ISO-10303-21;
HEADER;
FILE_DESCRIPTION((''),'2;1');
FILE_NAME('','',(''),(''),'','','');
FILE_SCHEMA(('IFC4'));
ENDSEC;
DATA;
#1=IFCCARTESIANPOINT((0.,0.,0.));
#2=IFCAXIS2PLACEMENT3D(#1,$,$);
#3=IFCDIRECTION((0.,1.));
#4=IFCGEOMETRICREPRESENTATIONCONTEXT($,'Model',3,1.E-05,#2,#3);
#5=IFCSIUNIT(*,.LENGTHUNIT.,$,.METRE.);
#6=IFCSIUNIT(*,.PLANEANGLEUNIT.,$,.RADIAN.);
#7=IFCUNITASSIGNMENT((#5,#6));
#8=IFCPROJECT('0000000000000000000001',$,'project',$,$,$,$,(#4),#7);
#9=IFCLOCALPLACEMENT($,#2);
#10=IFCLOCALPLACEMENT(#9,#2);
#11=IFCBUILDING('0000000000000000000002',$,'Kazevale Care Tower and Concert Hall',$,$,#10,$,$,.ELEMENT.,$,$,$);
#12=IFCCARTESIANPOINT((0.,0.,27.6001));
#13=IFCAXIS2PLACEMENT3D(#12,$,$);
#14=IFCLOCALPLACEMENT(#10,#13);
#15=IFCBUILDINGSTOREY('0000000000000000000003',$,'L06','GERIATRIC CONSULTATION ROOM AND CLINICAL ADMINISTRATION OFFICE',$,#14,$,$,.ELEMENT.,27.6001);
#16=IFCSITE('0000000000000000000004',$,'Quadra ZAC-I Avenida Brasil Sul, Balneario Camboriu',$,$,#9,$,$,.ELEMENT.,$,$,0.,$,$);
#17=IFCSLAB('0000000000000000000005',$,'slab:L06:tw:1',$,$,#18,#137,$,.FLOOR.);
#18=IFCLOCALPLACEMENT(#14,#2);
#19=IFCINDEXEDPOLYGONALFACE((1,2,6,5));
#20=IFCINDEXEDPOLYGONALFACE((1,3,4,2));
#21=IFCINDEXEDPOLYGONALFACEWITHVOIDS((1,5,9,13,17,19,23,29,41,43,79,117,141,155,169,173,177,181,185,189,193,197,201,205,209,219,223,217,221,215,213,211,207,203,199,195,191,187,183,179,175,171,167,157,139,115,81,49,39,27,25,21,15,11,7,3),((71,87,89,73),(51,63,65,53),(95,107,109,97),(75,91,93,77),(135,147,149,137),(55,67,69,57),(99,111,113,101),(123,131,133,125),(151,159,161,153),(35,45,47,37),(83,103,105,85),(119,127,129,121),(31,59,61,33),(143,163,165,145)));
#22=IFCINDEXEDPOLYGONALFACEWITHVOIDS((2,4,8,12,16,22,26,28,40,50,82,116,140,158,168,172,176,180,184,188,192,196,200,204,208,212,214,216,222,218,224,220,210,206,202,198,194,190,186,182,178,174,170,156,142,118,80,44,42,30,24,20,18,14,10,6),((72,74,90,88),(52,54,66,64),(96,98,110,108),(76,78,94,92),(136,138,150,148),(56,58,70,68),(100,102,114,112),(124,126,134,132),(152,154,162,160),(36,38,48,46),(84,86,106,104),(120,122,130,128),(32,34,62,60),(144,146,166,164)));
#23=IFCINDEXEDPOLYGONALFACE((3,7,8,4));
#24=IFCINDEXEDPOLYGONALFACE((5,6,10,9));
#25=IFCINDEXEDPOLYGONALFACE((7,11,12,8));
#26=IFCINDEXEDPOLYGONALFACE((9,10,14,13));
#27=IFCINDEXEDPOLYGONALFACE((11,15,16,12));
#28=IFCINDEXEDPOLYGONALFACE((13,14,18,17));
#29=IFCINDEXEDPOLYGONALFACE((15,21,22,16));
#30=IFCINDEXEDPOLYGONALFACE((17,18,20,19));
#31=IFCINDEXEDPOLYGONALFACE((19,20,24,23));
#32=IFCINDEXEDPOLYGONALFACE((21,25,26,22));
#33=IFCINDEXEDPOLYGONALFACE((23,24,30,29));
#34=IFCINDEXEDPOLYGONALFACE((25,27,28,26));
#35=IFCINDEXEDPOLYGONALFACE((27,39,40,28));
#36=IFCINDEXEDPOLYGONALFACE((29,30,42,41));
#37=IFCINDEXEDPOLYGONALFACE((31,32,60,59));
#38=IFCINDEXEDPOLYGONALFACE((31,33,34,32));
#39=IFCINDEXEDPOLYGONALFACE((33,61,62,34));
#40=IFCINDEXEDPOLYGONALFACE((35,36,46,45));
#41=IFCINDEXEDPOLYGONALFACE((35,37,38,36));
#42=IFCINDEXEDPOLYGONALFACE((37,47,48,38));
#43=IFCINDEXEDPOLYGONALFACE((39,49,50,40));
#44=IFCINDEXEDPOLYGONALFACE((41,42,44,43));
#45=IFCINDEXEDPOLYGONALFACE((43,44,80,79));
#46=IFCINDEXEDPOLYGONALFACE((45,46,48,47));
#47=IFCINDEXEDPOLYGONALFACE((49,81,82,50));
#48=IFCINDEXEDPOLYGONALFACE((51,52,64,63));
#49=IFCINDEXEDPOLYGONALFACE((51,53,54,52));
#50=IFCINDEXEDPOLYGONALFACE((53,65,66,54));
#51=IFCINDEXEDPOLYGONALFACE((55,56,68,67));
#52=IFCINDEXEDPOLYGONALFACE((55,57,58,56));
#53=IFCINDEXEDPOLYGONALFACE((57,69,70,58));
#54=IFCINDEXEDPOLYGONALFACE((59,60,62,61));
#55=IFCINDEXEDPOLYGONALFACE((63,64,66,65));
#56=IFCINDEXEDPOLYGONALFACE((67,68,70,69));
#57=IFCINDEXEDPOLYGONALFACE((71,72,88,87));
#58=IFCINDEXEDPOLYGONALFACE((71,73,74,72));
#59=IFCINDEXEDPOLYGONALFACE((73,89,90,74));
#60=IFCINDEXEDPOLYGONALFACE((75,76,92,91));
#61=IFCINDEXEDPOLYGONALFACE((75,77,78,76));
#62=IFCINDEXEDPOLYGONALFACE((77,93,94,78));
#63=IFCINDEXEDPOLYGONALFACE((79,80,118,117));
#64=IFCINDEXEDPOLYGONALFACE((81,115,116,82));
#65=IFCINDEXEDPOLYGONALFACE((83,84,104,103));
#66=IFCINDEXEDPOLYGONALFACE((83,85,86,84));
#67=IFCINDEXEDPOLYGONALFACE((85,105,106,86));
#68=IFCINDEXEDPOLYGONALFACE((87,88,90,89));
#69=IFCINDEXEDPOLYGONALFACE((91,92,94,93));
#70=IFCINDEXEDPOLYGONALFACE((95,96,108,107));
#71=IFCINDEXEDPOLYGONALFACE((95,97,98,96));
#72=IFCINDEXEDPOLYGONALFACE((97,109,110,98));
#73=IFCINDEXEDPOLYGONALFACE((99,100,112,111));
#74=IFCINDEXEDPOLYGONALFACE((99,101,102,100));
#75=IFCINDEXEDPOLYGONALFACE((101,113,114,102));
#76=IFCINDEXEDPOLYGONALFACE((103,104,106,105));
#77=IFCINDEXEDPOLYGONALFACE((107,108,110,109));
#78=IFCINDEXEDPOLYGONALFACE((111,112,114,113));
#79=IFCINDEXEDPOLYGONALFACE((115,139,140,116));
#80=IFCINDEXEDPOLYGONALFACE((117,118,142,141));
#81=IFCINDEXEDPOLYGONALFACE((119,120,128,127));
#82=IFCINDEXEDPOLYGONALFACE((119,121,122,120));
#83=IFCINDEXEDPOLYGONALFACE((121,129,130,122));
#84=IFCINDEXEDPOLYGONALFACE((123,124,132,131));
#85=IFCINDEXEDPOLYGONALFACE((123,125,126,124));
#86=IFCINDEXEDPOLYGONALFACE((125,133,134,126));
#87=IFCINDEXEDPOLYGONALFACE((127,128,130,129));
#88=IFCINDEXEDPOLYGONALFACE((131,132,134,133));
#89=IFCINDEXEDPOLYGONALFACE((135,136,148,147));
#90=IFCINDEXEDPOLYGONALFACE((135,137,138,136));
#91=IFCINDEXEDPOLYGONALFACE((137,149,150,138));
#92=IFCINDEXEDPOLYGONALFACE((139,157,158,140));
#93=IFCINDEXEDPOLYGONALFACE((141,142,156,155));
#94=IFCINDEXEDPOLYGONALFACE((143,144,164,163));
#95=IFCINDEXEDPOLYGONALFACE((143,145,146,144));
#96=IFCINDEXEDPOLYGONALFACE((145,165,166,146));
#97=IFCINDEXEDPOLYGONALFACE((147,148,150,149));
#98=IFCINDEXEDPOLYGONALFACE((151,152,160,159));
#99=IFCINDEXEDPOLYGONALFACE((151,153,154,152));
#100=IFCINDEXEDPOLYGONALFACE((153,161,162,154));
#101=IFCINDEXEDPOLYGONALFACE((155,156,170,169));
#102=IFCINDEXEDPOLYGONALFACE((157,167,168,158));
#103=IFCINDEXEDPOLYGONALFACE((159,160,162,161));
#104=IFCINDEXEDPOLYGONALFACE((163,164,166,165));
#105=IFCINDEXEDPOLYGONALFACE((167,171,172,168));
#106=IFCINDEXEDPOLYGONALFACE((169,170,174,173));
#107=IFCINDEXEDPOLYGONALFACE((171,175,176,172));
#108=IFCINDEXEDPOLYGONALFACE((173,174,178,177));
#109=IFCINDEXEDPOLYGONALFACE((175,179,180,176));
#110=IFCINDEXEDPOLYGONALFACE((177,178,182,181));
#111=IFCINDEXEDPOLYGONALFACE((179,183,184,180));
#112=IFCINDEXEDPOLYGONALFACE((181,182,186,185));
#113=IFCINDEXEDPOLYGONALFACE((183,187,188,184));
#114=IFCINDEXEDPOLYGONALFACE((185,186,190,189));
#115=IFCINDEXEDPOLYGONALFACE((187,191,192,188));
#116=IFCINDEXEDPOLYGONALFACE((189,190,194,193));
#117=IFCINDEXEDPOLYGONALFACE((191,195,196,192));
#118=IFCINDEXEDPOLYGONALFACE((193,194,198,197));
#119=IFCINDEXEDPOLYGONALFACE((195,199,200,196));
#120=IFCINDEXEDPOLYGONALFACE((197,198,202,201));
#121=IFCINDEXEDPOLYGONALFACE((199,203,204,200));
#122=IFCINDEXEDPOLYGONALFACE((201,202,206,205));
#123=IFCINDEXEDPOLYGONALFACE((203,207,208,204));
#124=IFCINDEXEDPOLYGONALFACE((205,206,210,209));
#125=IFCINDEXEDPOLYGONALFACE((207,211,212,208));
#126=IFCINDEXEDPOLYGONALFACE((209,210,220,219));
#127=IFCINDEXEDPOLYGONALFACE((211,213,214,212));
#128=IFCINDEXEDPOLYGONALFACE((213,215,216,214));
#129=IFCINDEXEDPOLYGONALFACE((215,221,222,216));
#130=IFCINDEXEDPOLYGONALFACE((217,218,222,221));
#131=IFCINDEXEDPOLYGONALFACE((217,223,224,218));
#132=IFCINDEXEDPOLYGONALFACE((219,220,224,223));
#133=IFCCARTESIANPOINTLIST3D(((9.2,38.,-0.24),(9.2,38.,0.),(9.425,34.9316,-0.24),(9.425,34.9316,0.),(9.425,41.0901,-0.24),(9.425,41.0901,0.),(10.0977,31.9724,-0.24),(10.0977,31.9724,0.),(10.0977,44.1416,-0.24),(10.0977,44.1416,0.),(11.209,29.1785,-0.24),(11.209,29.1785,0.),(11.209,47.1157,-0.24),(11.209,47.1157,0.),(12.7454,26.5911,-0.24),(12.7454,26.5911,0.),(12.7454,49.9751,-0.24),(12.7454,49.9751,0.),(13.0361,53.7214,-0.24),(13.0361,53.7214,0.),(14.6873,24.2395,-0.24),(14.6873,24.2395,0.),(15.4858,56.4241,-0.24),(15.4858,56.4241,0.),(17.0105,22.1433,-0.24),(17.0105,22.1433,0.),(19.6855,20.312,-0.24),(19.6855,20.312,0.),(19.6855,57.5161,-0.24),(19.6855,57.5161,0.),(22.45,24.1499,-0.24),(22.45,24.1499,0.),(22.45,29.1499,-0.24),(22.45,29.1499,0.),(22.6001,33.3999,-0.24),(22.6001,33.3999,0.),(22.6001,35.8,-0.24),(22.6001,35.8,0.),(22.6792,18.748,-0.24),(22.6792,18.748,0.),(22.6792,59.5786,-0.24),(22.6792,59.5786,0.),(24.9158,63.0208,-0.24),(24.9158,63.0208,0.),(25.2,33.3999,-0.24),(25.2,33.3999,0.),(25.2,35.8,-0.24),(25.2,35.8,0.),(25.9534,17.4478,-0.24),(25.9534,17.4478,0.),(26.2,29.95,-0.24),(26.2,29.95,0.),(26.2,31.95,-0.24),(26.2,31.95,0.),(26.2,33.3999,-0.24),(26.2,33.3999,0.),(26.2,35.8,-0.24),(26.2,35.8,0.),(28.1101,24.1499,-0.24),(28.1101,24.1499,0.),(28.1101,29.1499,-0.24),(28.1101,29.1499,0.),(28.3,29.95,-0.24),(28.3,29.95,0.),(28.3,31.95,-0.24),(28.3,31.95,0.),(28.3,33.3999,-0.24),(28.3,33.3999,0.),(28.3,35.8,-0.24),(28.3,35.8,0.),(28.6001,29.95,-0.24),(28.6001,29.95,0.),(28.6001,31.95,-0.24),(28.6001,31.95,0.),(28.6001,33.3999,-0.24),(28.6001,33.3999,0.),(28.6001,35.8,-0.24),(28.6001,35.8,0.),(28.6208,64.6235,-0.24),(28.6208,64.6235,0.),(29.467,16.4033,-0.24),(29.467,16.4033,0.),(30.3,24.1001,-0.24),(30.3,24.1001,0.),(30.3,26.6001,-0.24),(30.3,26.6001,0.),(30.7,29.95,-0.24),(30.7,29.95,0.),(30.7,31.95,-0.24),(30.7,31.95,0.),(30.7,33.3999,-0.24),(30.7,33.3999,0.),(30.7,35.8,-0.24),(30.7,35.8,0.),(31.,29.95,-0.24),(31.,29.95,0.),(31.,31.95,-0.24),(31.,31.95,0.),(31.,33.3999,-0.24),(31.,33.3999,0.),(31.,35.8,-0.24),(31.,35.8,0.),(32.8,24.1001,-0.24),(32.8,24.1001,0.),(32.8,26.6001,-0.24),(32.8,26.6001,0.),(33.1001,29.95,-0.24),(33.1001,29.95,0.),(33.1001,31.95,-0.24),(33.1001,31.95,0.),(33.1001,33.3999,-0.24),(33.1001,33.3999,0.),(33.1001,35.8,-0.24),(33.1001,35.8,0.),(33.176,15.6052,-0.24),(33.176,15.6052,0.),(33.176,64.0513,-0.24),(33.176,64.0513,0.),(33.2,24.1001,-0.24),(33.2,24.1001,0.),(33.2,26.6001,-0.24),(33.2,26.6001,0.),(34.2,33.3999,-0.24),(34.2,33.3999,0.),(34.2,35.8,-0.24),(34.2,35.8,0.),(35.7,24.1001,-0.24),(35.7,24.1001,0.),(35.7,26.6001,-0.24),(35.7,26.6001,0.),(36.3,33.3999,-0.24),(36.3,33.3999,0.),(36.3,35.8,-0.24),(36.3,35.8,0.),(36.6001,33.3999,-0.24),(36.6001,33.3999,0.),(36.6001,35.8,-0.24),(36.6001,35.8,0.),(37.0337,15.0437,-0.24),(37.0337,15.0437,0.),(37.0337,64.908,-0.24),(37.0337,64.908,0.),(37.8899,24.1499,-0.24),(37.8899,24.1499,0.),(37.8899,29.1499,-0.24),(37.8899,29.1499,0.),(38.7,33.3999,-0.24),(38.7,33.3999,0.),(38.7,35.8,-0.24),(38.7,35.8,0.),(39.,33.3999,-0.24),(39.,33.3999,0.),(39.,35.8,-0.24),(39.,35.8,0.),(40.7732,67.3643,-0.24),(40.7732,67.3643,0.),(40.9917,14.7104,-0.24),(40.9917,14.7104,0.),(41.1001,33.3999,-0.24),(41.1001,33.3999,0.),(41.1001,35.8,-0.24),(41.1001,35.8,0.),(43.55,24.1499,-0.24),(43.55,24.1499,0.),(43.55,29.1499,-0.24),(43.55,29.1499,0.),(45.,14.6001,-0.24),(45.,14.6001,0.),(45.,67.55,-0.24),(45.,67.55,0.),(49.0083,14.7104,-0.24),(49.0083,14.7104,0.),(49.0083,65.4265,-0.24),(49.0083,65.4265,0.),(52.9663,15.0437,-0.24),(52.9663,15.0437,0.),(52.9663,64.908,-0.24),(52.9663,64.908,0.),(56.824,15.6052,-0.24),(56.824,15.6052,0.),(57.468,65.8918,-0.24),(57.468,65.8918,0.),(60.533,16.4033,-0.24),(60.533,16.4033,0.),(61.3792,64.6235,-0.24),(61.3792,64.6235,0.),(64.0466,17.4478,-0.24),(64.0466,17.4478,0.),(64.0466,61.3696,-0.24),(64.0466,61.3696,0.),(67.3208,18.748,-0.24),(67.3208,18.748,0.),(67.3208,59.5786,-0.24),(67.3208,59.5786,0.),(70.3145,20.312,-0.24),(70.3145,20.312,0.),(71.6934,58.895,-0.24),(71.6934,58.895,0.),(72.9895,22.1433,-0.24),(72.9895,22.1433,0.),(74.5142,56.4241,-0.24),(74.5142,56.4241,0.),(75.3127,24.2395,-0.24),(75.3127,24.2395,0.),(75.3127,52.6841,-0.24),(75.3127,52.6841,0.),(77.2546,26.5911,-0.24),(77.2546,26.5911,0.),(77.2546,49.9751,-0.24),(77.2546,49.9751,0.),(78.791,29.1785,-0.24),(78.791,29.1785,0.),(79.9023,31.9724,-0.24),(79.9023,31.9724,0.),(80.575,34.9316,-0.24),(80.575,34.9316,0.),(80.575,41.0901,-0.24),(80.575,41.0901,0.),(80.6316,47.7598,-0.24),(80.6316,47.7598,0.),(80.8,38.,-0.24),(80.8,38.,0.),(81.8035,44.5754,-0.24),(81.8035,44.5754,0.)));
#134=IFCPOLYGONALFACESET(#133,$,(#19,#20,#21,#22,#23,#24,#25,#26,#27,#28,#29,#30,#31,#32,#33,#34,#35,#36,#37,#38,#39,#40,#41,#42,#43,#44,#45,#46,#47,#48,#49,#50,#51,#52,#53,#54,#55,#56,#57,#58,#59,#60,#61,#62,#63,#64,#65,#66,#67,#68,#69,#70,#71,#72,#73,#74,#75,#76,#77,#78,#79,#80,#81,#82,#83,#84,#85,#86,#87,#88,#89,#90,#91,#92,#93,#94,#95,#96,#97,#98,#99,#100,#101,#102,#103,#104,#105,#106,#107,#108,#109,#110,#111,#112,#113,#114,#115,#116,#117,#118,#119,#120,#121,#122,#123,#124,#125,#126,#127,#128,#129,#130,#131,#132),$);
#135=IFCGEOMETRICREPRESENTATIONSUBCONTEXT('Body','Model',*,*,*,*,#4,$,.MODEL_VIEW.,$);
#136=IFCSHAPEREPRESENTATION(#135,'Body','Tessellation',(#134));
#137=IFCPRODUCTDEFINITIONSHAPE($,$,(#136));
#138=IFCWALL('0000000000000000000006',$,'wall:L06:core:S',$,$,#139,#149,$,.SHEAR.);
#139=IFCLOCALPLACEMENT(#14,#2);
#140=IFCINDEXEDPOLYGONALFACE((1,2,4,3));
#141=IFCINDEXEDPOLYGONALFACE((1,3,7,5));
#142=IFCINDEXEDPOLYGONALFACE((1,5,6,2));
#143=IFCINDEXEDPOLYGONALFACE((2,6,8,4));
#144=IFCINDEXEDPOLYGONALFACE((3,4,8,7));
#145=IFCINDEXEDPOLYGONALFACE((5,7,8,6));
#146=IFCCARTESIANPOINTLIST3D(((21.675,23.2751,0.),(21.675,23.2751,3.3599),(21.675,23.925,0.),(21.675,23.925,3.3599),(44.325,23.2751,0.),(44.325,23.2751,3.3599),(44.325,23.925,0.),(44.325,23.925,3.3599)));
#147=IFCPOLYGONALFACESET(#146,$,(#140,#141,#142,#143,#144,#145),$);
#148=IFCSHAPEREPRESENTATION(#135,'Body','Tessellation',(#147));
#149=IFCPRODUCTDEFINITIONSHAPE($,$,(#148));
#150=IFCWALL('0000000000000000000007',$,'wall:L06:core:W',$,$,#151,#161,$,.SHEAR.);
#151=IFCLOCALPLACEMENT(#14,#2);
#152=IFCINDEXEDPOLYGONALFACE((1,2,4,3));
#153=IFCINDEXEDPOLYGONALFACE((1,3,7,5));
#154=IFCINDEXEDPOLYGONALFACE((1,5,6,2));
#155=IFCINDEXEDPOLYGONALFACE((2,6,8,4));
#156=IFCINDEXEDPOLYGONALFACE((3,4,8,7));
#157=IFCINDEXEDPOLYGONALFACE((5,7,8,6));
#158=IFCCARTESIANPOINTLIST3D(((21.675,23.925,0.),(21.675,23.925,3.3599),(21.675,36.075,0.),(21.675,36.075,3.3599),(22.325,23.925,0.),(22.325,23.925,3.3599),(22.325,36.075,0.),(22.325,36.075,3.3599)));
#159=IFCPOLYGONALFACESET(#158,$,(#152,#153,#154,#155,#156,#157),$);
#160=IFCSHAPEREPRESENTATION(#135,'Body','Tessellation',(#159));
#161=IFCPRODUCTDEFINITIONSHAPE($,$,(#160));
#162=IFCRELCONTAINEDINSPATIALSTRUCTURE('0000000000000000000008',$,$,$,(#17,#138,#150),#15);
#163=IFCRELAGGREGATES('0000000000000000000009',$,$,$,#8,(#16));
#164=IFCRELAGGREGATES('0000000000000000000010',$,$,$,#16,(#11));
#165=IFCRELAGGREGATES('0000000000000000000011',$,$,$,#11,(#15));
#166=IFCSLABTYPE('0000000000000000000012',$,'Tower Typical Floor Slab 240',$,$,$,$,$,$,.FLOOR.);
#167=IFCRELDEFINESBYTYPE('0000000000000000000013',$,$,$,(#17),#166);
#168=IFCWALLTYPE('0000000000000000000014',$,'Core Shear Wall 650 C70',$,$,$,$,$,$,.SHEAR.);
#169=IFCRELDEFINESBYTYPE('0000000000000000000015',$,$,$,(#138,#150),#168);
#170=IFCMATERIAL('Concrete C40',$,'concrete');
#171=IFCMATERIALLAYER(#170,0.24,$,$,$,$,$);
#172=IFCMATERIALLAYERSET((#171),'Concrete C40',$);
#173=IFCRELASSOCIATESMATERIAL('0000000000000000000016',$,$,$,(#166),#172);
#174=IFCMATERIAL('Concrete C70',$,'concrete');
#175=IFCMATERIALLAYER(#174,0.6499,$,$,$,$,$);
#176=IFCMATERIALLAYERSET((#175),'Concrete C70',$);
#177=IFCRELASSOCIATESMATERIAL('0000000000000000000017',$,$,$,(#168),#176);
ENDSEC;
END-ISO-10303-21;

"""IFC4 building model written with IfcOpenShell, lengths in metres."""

from ifc_helpers import new_model, si_unit, direction, frame, frame_2d, origin, place, context, subcontext, project, spatial, polyline, rectangle, outline, extrude, material, layer, layer_set, type_object, element, save


model = new_model("IFC4")

# Units and contexts
model_context = context("Model", 3, precision=1e-05, world=origin(), true_north=direction((0.0, 1.0)))
body_context = subcontext(model_context, "Body", "Model", "MODEL_VIEW")
ifc_project = project(units=[si_unit("LENGTHUNIT", "METRE"), si_unit("PLANEANGLEUNIT", "RADIAN")], contexts=[model_context])

# Site, building, storey
site_placement = place(None, origin())
site = spatial("IfcSite", under=ifc_project, at=site_placement, Name="Quadra ZAC-I Avenida Brasil Sul, Balneario Camboriu", CompositionType="ELEMENT", RefElevation=0.0)
building_placement = place(site_placement, origin())
building = spatial("IfcBuilding", under=site, at=building_placement, Name="Kazevale Care Tower and Concert Hall", CompositionType="ELEMENT")
storey_placement = place(building_placement, frame((0.0, 0.0, 27.6001)))
storey = spatial("IfcBuildingStorey", under=building, at=storey_placement, Name="L06", Description="GERIATRIC CONSULTATION ROOM AND CLINICAL ADMINISTRATION OFFICE", CompositionType="ELEMENT", Elevation=27.6001)

# Shared definitions
ifc_material_1 = material(Name="Concrete C70", Category="concrete")

# Shared definitions
ifc_material_2 = material(Name="Concrete C40", Category="concrete")

# Slab
ifc_layer_1 = layer(ifc_material_2, 0.24)
ifc_layer_set_1 = layer_set([ifc_layer_1], Name="Concrete C40")
slab_type_1 = type_object("IfcSlabType", Name="Tower Typical Floor Slab 240", PredefinedType="FLOOR", material=ifc_layer_set_1)
slab_1_placement = place(storey_placement, frame((0.0, 0.0, -0.24)))
element("IfcSlab", 1, at=slab_1_placement, inside=storey, type_object=slab_type_1, Name="slab:L06:tw:1", PredefinedType="FLOOR", context=body_context, shape_type="SweptSolid", body=[
    extrude(outline(polyline([(80.8, 38.0), (80.575, 41.0901), (81.8035, 44.5754), (80.6316, 47.7598), (77.2546, 49.9751), (75.3127, 52.6841), (74.5142, 56.4241), (71.6934, 58.895), (67.3208, 59.5786), (64.0466, 61.3696), (61.3792, 64.6235), (57.468, 65.8918), (52.9663, 64.908), (49.0083, 65.4265), (45.0, 67.55), (40.7732, 67.3643), (37.0337, 64.908), (33.176, 64.0513), (28.6208, 64.6235), (24.9158, 63.0208), (22.6792, 59.5786), (19.6855, 57.5161), (15.4858, 56.4241), (13.0361, 53.7214), (12.7454, 49.9751), (11.209, 47.1157), (10.0977, 44.1416), (9.425, 41.0901), (9.2, 38.0), (9.425, 34.9316), (10.0977, 31.9724), (11.209, 29.1785), (12.7454, 26.5911), (14.6873, 24.2395), (17.0105, 22.1433), (19.6855, 20.312), (22.6792, 18.748), (25.9534, 17.4478), (29.467, 16.4033), (33.176, 15.6052), (37.0337, 15.0437), (40.9917, 14.7104), (45.0, 14.6001), (49.0083, 14.7104), (52.9663, 15.0437), (56.824, 15.6052), (60.533, 16.4033), (64.0466, 17.4478), (67.3208, 18.748), (70.3145, 20.312), (72.9895, 22.1433), (75.3127, 24.2395), (77.2546, 26.5911), (78.791, 29.1785), (79.9023, 31.9724), (80.575, 34.9316), (80.8, 38.0)]), holes=[polyline([(22.45, 24.1499), (28.1101, 24.1499), (28.1101, 29.1499), (22.45, 29.1499), (22.45, 24.1499)]), polyline([(37.8899, 24.1499), (43.55, 24.1499), (43.55, 29.1499), (37.8899, 29.1499), (37.8899, 24.1499)]), polyline([(30.3, 24.1001), (32.8, 24.1001), (32.8, 26.6001), (30.3, 26.6001), (30.3, 24.1001)]), polyline([(33.2, 24.1001), (35.7, 24.1001), (35.7, 26.6001), (33.2, 26.6001), (33.2, 24.1001)]), polyline([(22.6001, 33.3999), (25.2, 33.3999), (25.2, 35.8), (22.6001, 35.8), (22.6001, 33.3999)]), polyline([(26.2, 33.3999), (28.3, 33.3999), (28.3, 35.8), (26.2, 35.8), (26.2, 33.3999)]), polyline([(28.6001, 33.3999), (30.7, 33.3999), (30.7, 35.8), (28.6001, 35.8), (28.6001, 33.3999)]), polyline([(31.0, 33.3999), (33.1001, 33.3999), (33.1001, 35.8), (31.0, 35.8), (31.0, 33.3999)]), polyline([(34.2, 33.3999), (36.3, 33.3999), (36.3, 35.8), (34.2, 35.8), (34.2, 33.3999)]), polyline([(36.6001, 33.3999), (38.7, 33.3999), (38.7, 35.8), (36.6001, 35.8), (36.6001, 33.3999)]), polyline([(39.0, 33.3999), (41.1001, 33.3999), (41.1001, 35.8), (39.0, 35.8), (39.0, 33.3999)]), polyline([(26.2, 29.95), (28.3, 29.95), (28.3, 31.95), (26.2, 31.95), (26.2, 29.95)]), polyline([(28.6001, 29.95), (30.7, 29.95), (30.7, 31.95), (28.6001, 31.95), (28.6001, 29.95)]), polyline([(31.0, 29.95), (33.1001, 29.95), (33.1001, 31.95), (31.0, 31.95), (31.0, 29.95)])]), origin(), (0.0, 0.0, 1.0), 0.24),
])

# Walls
ifc_layer_2 = layer(ifc_material_1, 0.6499)
ifc_layer_set_2 = layer_set([ifc_layer_2], Name="Concrete C70")
wall_type_1 = type_object("IfcWallType", Name="Core Shear Wall 650 C70", PredefinedType="SHEAR", material=ifc_layer_set_2)
wall_1_placement = place(storey_placement, frame((21.675, 23.6001, 0.0), z_axis=(0.0, 0.0, 1.0), x_axis=(1.0, 0.0, 0.0)))
element("IfcWall", 2, at=wall_1_placement, inside=storey, type_object=wall_type_1, Name="wall:L06:core:S", PredefinedType="SHEAR", context=body_context, shape_type="SweptSolid", body=[
    extrude(rectangle(XDim=22.6499, YDim=0.6499, at=frame_2d((11.325, 0.0))), origin(), (0.0, 0.0, 1.0), 3.3599),
])
wall_2_placement = place(storey_placement, frame((22.0, 23.925, 0.0), z_axis=(0.0, 0.0, 1.0), x_axis=(0.0, 1.0, 0.0)))
element("IfcWall", 3, at=wall_2_placement, inside=storey, type_object=wall_type_1, Name="wall:L06:core:W", PredefinedType="SHEAR", context=body_context, shape_type="SweptSolid", body=[
    extrude(rectangle(XDim=12.1499, YDim=0.6499, at=frame_2d((6.075, 0.0))), origin(), (0.0, 0.0, 1.0), 3.3599),
])

save(model, "model.ifc")
